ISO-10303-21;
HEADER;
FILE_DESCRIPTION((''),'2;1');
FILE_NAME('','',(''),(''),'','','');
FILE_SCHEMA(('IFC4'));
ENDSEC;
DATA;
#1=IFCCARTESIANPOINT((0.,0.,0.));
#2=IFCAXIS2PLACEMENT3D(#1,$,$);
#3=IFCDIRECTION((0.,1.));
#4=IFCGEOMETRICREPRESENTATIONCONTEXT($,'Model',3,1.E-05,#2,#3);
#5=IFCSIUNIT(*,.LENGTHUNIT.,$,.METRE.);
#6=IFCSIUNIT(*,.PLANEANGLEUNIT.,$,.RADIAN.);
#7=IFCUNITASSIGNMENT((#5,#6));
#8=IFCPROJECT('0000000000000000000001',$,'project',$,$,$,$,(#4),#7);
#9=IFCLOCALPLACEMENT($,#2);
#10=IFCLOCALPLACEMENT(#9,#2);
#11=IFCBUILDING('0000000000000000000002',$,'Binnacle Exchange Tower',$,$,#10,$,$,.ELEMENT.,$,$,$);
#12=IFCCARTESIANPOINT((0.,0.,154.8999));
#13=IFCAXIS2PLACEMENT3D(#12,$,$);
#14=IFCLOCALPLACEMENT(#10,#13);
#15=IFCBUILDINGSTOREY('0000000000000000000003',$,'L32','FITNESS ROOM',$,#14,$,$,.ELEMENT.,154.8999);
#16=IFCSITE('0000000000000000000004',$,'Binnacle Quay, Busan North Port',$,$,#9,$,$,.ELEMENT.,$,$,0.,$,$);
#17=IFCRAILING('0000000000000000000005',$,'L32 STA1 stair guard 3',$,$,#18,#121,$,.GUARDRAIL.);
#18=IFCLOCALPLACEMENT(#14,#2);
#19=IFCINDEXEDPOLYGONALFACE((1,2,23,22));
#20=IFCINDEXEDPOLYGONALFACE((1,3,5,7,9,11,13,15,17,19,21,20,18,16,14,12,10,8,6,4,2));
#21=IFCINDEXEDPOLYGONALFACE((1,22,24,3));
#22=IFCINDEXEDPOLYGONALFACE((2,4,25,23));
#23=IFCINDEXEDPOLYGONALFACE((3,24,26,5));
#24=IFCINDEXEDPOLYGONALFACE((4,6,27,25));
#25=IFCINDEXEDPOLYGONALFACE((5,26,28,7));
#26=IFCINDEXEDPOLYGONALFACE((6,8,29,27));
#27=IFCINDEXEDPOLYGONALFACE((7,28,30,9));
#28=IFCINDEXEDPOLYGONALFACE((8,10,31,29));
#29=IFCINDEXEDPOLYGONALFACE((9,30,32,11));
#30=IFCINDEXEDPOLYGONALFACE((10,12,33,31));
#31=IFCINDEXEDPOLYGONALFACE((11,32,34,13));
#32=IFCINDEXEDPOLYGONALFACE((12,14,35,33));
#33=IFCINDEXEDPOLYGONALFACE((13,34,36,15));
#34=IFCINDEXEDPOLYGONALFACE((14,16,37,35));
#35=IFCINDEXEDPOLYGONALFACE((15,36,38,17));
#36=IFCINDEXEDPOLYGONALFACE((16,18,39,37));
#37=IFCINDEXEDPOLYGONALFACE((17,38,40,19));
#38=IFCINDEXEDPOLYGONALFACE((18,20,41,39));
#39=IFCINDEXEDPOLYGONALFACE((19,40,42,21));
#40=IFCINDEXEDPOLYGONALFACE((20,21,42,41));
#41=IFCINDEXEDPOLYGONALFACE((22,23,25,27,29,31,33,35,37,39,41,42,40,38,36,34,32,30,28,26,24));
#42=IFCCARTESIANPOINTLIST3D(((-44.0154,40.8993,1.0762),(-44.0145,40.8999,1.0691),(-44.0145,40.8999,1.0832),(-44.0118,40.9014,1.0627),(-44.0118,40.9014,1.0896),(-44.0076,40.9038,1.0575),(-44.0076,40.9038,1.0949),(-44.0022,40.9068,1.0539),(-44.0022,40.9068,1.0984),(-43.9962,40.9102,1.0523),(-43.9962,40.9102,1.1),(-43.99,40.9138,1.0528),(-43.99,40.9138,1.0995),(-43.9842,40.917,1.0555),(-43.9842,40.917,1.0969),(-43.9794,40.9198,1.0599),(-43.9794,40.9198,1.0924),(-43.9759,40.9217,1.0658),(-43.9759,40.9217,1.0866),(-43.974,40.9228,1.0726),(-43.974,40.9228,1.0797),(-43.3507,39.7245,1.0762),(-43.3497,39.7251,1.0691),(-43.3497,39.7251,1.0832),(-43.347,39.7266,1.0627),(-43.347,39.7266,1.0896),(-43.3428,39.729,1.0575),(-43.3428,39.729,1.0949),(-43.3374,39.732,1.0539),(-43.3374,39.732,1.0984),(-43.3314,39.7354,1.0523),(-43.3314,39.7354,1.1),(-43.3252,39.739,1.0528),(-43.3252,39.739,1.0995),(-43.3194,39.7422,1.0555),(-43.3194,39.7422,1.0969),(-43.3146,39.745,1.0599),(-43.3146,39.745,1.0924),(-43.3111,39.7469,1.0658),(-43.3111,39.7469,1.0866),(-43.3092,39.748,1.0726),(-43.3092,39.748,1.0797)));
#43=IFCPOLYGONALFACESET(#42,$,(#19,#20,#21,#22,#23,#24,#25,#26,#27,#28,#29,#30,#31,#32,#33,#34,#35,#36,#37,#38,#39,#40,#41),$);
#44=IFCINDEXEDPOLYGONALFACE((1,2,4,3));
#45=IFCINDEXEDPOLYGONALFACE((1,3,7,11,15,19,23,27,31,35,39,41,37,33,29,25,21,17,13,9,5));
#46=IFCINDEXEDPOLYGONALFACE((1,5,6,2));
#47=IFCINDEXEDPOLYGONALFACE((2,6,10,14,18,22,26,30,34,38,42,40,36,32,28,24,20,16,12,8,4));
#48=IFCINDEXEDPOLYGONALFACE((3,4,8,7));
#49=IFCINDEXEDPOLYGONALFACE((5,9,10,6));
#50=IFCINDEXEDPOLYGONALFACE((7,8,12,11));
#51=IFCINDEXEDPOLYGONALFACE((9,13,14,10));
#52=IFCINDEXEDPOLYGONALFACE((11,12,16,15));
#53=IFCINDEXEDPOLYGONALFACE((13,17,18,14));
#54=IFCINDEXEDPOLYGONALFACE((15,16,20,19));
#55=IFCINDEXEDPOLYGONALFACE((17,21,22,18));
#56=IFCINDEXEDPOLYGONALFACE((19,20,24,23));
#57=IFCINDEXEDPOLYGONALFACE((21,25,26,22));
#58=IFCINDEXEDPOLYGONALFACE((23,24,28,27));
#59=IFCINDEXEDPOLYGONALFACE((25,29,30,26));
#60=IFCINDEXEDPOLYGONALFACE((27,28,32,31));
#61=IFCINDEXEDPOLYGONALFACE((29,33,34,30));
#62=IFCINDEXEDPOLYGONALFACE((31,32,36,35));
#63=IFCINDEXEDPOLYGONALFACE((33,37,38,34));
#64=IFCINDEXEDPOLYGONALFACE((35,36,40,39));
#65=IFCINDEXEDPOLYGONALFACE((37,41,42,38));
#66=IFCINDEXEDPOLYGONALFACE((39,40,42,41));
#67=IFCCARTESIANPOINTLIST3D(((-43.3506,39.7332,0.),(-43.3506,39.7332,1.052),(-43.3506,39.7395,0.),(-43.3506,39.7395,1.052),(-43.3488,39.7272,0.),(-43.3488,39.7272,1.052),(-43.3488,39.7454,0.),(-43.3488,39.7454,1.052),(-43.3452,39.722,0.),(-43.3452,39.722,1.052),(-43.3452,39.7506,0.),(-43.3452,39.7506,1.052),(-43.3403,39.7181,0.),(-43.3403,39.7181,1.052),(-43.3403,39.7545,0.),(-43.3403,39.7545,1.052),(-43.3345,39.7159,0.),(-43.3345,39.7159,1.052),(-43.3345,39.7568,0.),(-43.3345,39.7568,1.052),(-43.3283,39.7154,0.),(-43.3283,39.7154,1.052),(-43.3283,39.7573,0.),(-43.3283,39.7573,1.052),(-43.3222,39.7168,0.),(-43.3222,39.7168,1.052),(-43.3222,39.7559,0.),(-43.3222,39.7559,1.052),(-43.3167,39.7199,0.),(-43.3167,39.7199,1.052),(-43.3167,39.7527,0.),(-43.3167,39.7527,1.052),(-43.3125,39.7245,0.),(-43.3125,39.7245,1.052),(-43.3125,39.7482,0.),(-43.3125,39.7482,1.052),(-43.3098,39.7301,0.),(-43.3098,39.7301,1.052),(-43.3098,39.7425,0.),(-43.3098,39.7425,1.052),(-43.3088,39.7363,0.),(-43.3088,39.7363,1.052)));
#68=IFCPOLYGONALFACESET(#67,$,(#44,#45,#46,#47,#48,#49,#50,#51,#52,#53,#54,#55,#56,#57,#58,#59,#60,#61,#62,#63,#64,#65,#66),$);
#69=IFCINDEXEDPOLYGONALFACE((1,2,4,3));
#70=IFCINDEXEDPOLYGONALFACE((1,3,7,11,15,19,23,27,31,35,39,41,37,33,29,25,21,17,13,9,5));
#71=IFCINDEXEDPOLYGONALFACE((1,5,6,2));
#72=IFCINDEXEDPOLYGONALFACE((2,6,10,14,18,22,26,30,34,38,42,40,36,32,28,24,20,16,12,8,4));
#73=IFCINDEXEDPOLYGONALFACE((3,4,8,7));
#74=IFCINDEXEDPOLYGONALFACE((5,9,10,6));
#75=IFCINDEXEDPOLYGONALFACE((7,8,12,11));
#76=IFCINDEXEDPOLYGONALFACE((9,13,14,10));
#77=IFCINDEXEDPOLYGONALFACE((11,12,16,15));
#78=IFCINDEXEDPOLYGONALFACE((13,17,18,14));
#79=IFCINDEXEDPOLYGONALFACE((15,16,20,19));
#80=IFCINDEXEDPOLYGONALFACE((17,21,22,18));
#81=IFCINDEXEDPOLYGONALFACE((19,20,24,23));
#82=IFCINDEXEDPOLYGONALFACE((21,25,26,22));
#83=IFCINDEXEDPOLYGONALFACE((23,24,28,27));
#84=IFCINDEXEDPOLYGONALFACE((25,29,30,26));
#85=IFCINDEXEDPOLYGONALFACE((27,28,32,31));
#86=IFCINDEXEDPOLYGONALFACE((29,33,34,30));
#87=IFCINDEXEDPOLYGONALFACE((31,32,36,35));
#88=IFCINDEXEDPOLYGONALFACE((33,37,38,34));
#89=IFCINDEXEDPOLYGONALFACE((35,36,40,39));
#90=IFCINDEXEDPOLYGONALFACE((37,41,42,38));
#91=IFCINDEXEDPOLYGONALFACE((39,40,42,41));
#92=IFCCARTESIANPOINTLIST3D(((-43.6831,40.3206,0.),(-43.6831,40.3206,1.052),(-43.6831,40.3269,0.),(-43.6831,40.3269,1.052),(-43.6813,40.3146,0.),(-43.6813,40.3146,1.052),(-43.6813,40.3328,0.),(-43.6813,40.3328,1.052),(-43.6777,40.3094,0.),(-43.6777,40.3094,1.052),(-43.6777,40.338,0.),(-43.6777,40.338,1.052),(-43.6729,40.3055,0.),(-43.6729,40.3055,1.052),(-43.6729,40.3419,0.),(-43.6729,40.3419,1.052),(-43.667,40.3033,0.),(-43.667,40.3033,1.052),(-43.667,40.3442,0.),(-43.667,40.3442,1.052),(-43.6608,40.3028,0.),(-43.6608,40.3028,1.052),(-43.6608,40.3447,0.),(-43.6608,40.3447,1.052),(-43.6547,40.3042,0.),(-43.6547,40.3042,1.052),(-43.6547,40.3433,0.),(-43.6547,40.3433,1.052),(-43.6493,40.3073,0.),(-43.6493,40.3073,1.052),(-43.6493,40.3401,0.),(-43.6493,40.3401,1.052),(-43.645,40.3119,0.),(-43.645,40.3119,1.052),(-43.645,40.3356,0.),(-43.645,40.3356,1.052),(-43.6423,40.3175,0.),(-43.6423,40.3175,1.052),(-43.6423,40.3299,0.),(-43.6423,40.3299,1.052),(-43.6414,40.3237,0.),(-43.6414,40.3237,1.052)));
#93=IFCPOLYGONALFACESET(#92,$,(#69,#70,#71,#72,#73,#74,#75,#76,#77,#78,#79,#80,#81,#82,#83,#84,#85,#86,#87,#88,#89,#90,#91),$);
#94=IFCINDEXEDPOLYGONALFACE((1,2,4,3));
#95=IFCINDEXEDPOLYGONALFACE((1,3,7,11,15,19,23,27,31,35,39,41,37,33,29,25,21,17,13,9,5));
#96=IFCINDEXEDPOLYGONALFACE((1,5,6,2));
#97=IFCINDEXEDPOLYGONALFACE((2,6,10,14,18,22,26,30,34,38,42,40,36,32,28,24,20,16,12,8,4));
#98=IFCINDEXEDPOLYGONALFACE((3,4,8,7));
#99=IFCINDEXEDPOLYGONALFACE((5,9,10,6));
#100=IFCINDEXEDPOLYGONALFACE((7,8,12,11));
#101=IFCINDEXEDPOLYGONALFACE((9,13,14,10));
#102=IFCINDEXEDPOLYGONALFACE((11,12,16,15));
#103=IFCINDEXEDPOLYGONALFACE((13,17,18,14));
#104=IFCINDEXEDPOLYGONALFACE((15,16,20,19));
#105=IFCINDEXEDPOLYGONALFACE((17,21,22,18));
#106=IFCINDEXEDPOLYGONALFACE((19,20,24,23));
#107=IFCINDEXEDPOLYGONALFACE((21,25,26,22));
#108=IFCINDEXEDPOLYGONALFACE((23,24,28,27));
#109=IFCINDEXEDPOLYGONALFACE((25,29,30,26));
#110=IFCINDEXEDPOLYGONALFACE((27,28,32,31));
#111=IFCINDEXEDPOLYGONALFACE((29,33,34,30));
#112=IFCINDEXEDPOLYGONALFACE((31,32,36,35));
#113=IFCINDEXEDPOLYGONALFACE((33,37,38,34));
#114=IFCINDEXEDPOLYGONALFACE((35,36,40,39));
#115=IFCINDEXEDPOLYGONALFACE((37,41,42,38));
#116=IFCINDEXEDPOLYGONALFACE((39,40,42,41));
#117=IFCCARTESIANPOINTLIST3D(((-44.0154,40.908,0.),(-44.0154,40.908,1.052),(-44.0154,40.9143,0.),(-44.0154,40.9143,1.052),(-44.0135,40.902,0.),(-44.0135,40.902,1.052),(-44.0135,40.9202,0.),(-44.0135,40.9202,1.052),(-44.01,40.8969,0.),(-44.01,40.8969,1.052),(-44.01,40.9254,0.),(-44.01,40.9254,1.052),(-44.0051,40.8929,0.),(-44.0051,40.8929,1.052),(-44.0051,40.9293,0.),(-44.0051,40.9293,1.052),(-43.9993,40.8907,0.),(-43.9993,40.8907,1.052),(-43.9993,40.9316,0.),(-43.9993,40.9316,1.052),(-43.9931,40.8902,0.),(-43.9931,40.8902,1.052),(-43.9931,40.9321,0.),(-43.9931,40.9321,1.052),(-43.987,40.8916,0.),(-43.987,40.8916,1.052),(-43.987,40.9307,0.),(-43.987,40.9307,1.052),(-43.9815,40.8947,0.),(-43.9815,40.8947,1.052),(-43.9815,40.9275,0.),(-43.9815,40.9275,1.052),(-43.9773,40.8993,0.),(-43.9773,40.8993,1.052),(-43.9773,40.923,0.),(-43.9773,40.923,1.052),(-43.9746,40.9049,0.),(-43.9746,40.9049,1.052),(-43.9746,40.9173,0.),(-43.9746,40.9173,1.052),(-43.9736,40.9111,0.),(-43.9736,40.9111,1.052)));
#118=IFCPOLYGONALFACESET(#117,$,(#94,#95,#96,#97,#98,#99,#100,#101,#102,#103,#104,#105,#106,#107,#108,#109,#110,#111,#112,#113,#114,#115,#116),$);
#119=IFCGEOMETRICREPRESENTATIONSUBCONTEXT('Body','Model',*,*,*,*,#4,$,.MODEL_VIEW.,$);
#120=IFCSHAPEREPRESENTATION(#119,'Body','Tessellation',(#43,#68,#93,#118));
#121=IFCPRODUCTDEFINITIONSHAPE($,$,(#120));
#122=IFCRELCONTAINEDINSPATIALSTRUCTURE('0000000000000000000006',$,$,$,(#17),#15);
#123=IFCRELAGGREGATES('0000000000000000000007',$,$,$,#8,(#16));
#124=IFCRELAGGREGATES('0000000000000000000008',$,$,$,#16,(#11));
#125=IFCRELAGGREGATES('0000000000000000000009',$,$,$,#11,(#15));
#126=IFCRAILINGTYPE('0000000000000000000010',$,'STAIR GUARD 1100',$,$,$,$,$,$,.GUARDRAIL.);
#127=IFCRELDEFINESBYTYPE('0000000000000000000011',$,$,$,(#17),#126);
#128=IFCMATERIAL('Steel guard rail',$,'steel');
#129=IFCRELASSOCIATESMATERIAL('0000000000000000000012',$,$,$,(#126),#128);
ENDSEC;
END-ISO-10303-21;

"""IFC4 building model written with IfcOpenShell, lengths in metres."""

from ifc_helpers import new_model, si_unit, direction, frame, origin, origin_2d, place, context, subcontext, project, spatial, circle, extrude, material, type_object, element, save


model = new_model("IFC4")

# Units and contexts
model_context = context("Model", 3, precision=1e-05, world=origin(), true_north=direction((0.0, 1.0)))
body_context = subcontext(model_context, "Body", "Model", "MODEL_VIEW")
ifc_project = project(units=[si_unit("LENGTHUNIT", "METRE"), si_unit("PLANEANGLEUNIT", "RADIAN")], contexts=[model_context])

# Site, building, storey
site_placement = place(None, origin())
site = spatial("IfcSite", under=ifc_project, at=site_placement, Name="Binnacle Quay, Busan North Port", CompositionType="ELEMENT", RefElevation=0.0)
building_placement = place(site_placement, origin())
building = spatial("IfcBuilding", under=site, at=building_placement, Name="Binnacle Exchange Tower", CompositionType="ELEMENT")
storey_placement = place(building_placement, frame((0.0, 0.0, 154.8999)))
storey = spatial("IfcBuildingStorey", under=building, at=storey_placement, Name="L32", Description="FITNESS ROOM", CompositionType="ELEMENT", Elevation=154.8999)

# Railing
ifc_material_1 = material(Name="Steel guard rail", Category="steel")
railing_type_1 = type_object("IfcRailingType", Name="STAIR GUARD 1100", PredefinedType="GUARDRAIL", material=ifc_material_1)
railing_1_placement = place(storey_placement, frame((-43.3298, 39.7363, 0.0)))
element("IfcRailing", 1, at=railing_1_placement, inside=storey, type_object=railing_type_1, Name="L32 STA1 stair guard 3", PredefinedType="GUARDRAIL", context=body_context, shape_type="SweptSolid", body=[
    extrude(circle(Radius=0.0239, at=origin_2d()), frame((0.0, 0.0, 1.0762), z_axis=(-0.492492, 0.870317, 0.0), x_axis=(-0.870317, -0.492492, 0.0)), (0.0, 0.0, 1.0), 1.3499),
    extrude(circle(Radius=0.021, at=origin_2d()), origin(), (0.0, 0.0, 1.0), 1.052),
    extrude(circle(Radius=0.021, at=origin_2d()), frame((-0.3325, 0.5874, 0.0)), (0.0, 0.0, 1.0), 1.052),
    extrude(circle(Radius=0.021, at=origin_2d()), frame((-0.6648, 1.1748, 0.0)), (0.0, 0.0, 1.0), 1.052),
])

save(model, "model.ifc")
